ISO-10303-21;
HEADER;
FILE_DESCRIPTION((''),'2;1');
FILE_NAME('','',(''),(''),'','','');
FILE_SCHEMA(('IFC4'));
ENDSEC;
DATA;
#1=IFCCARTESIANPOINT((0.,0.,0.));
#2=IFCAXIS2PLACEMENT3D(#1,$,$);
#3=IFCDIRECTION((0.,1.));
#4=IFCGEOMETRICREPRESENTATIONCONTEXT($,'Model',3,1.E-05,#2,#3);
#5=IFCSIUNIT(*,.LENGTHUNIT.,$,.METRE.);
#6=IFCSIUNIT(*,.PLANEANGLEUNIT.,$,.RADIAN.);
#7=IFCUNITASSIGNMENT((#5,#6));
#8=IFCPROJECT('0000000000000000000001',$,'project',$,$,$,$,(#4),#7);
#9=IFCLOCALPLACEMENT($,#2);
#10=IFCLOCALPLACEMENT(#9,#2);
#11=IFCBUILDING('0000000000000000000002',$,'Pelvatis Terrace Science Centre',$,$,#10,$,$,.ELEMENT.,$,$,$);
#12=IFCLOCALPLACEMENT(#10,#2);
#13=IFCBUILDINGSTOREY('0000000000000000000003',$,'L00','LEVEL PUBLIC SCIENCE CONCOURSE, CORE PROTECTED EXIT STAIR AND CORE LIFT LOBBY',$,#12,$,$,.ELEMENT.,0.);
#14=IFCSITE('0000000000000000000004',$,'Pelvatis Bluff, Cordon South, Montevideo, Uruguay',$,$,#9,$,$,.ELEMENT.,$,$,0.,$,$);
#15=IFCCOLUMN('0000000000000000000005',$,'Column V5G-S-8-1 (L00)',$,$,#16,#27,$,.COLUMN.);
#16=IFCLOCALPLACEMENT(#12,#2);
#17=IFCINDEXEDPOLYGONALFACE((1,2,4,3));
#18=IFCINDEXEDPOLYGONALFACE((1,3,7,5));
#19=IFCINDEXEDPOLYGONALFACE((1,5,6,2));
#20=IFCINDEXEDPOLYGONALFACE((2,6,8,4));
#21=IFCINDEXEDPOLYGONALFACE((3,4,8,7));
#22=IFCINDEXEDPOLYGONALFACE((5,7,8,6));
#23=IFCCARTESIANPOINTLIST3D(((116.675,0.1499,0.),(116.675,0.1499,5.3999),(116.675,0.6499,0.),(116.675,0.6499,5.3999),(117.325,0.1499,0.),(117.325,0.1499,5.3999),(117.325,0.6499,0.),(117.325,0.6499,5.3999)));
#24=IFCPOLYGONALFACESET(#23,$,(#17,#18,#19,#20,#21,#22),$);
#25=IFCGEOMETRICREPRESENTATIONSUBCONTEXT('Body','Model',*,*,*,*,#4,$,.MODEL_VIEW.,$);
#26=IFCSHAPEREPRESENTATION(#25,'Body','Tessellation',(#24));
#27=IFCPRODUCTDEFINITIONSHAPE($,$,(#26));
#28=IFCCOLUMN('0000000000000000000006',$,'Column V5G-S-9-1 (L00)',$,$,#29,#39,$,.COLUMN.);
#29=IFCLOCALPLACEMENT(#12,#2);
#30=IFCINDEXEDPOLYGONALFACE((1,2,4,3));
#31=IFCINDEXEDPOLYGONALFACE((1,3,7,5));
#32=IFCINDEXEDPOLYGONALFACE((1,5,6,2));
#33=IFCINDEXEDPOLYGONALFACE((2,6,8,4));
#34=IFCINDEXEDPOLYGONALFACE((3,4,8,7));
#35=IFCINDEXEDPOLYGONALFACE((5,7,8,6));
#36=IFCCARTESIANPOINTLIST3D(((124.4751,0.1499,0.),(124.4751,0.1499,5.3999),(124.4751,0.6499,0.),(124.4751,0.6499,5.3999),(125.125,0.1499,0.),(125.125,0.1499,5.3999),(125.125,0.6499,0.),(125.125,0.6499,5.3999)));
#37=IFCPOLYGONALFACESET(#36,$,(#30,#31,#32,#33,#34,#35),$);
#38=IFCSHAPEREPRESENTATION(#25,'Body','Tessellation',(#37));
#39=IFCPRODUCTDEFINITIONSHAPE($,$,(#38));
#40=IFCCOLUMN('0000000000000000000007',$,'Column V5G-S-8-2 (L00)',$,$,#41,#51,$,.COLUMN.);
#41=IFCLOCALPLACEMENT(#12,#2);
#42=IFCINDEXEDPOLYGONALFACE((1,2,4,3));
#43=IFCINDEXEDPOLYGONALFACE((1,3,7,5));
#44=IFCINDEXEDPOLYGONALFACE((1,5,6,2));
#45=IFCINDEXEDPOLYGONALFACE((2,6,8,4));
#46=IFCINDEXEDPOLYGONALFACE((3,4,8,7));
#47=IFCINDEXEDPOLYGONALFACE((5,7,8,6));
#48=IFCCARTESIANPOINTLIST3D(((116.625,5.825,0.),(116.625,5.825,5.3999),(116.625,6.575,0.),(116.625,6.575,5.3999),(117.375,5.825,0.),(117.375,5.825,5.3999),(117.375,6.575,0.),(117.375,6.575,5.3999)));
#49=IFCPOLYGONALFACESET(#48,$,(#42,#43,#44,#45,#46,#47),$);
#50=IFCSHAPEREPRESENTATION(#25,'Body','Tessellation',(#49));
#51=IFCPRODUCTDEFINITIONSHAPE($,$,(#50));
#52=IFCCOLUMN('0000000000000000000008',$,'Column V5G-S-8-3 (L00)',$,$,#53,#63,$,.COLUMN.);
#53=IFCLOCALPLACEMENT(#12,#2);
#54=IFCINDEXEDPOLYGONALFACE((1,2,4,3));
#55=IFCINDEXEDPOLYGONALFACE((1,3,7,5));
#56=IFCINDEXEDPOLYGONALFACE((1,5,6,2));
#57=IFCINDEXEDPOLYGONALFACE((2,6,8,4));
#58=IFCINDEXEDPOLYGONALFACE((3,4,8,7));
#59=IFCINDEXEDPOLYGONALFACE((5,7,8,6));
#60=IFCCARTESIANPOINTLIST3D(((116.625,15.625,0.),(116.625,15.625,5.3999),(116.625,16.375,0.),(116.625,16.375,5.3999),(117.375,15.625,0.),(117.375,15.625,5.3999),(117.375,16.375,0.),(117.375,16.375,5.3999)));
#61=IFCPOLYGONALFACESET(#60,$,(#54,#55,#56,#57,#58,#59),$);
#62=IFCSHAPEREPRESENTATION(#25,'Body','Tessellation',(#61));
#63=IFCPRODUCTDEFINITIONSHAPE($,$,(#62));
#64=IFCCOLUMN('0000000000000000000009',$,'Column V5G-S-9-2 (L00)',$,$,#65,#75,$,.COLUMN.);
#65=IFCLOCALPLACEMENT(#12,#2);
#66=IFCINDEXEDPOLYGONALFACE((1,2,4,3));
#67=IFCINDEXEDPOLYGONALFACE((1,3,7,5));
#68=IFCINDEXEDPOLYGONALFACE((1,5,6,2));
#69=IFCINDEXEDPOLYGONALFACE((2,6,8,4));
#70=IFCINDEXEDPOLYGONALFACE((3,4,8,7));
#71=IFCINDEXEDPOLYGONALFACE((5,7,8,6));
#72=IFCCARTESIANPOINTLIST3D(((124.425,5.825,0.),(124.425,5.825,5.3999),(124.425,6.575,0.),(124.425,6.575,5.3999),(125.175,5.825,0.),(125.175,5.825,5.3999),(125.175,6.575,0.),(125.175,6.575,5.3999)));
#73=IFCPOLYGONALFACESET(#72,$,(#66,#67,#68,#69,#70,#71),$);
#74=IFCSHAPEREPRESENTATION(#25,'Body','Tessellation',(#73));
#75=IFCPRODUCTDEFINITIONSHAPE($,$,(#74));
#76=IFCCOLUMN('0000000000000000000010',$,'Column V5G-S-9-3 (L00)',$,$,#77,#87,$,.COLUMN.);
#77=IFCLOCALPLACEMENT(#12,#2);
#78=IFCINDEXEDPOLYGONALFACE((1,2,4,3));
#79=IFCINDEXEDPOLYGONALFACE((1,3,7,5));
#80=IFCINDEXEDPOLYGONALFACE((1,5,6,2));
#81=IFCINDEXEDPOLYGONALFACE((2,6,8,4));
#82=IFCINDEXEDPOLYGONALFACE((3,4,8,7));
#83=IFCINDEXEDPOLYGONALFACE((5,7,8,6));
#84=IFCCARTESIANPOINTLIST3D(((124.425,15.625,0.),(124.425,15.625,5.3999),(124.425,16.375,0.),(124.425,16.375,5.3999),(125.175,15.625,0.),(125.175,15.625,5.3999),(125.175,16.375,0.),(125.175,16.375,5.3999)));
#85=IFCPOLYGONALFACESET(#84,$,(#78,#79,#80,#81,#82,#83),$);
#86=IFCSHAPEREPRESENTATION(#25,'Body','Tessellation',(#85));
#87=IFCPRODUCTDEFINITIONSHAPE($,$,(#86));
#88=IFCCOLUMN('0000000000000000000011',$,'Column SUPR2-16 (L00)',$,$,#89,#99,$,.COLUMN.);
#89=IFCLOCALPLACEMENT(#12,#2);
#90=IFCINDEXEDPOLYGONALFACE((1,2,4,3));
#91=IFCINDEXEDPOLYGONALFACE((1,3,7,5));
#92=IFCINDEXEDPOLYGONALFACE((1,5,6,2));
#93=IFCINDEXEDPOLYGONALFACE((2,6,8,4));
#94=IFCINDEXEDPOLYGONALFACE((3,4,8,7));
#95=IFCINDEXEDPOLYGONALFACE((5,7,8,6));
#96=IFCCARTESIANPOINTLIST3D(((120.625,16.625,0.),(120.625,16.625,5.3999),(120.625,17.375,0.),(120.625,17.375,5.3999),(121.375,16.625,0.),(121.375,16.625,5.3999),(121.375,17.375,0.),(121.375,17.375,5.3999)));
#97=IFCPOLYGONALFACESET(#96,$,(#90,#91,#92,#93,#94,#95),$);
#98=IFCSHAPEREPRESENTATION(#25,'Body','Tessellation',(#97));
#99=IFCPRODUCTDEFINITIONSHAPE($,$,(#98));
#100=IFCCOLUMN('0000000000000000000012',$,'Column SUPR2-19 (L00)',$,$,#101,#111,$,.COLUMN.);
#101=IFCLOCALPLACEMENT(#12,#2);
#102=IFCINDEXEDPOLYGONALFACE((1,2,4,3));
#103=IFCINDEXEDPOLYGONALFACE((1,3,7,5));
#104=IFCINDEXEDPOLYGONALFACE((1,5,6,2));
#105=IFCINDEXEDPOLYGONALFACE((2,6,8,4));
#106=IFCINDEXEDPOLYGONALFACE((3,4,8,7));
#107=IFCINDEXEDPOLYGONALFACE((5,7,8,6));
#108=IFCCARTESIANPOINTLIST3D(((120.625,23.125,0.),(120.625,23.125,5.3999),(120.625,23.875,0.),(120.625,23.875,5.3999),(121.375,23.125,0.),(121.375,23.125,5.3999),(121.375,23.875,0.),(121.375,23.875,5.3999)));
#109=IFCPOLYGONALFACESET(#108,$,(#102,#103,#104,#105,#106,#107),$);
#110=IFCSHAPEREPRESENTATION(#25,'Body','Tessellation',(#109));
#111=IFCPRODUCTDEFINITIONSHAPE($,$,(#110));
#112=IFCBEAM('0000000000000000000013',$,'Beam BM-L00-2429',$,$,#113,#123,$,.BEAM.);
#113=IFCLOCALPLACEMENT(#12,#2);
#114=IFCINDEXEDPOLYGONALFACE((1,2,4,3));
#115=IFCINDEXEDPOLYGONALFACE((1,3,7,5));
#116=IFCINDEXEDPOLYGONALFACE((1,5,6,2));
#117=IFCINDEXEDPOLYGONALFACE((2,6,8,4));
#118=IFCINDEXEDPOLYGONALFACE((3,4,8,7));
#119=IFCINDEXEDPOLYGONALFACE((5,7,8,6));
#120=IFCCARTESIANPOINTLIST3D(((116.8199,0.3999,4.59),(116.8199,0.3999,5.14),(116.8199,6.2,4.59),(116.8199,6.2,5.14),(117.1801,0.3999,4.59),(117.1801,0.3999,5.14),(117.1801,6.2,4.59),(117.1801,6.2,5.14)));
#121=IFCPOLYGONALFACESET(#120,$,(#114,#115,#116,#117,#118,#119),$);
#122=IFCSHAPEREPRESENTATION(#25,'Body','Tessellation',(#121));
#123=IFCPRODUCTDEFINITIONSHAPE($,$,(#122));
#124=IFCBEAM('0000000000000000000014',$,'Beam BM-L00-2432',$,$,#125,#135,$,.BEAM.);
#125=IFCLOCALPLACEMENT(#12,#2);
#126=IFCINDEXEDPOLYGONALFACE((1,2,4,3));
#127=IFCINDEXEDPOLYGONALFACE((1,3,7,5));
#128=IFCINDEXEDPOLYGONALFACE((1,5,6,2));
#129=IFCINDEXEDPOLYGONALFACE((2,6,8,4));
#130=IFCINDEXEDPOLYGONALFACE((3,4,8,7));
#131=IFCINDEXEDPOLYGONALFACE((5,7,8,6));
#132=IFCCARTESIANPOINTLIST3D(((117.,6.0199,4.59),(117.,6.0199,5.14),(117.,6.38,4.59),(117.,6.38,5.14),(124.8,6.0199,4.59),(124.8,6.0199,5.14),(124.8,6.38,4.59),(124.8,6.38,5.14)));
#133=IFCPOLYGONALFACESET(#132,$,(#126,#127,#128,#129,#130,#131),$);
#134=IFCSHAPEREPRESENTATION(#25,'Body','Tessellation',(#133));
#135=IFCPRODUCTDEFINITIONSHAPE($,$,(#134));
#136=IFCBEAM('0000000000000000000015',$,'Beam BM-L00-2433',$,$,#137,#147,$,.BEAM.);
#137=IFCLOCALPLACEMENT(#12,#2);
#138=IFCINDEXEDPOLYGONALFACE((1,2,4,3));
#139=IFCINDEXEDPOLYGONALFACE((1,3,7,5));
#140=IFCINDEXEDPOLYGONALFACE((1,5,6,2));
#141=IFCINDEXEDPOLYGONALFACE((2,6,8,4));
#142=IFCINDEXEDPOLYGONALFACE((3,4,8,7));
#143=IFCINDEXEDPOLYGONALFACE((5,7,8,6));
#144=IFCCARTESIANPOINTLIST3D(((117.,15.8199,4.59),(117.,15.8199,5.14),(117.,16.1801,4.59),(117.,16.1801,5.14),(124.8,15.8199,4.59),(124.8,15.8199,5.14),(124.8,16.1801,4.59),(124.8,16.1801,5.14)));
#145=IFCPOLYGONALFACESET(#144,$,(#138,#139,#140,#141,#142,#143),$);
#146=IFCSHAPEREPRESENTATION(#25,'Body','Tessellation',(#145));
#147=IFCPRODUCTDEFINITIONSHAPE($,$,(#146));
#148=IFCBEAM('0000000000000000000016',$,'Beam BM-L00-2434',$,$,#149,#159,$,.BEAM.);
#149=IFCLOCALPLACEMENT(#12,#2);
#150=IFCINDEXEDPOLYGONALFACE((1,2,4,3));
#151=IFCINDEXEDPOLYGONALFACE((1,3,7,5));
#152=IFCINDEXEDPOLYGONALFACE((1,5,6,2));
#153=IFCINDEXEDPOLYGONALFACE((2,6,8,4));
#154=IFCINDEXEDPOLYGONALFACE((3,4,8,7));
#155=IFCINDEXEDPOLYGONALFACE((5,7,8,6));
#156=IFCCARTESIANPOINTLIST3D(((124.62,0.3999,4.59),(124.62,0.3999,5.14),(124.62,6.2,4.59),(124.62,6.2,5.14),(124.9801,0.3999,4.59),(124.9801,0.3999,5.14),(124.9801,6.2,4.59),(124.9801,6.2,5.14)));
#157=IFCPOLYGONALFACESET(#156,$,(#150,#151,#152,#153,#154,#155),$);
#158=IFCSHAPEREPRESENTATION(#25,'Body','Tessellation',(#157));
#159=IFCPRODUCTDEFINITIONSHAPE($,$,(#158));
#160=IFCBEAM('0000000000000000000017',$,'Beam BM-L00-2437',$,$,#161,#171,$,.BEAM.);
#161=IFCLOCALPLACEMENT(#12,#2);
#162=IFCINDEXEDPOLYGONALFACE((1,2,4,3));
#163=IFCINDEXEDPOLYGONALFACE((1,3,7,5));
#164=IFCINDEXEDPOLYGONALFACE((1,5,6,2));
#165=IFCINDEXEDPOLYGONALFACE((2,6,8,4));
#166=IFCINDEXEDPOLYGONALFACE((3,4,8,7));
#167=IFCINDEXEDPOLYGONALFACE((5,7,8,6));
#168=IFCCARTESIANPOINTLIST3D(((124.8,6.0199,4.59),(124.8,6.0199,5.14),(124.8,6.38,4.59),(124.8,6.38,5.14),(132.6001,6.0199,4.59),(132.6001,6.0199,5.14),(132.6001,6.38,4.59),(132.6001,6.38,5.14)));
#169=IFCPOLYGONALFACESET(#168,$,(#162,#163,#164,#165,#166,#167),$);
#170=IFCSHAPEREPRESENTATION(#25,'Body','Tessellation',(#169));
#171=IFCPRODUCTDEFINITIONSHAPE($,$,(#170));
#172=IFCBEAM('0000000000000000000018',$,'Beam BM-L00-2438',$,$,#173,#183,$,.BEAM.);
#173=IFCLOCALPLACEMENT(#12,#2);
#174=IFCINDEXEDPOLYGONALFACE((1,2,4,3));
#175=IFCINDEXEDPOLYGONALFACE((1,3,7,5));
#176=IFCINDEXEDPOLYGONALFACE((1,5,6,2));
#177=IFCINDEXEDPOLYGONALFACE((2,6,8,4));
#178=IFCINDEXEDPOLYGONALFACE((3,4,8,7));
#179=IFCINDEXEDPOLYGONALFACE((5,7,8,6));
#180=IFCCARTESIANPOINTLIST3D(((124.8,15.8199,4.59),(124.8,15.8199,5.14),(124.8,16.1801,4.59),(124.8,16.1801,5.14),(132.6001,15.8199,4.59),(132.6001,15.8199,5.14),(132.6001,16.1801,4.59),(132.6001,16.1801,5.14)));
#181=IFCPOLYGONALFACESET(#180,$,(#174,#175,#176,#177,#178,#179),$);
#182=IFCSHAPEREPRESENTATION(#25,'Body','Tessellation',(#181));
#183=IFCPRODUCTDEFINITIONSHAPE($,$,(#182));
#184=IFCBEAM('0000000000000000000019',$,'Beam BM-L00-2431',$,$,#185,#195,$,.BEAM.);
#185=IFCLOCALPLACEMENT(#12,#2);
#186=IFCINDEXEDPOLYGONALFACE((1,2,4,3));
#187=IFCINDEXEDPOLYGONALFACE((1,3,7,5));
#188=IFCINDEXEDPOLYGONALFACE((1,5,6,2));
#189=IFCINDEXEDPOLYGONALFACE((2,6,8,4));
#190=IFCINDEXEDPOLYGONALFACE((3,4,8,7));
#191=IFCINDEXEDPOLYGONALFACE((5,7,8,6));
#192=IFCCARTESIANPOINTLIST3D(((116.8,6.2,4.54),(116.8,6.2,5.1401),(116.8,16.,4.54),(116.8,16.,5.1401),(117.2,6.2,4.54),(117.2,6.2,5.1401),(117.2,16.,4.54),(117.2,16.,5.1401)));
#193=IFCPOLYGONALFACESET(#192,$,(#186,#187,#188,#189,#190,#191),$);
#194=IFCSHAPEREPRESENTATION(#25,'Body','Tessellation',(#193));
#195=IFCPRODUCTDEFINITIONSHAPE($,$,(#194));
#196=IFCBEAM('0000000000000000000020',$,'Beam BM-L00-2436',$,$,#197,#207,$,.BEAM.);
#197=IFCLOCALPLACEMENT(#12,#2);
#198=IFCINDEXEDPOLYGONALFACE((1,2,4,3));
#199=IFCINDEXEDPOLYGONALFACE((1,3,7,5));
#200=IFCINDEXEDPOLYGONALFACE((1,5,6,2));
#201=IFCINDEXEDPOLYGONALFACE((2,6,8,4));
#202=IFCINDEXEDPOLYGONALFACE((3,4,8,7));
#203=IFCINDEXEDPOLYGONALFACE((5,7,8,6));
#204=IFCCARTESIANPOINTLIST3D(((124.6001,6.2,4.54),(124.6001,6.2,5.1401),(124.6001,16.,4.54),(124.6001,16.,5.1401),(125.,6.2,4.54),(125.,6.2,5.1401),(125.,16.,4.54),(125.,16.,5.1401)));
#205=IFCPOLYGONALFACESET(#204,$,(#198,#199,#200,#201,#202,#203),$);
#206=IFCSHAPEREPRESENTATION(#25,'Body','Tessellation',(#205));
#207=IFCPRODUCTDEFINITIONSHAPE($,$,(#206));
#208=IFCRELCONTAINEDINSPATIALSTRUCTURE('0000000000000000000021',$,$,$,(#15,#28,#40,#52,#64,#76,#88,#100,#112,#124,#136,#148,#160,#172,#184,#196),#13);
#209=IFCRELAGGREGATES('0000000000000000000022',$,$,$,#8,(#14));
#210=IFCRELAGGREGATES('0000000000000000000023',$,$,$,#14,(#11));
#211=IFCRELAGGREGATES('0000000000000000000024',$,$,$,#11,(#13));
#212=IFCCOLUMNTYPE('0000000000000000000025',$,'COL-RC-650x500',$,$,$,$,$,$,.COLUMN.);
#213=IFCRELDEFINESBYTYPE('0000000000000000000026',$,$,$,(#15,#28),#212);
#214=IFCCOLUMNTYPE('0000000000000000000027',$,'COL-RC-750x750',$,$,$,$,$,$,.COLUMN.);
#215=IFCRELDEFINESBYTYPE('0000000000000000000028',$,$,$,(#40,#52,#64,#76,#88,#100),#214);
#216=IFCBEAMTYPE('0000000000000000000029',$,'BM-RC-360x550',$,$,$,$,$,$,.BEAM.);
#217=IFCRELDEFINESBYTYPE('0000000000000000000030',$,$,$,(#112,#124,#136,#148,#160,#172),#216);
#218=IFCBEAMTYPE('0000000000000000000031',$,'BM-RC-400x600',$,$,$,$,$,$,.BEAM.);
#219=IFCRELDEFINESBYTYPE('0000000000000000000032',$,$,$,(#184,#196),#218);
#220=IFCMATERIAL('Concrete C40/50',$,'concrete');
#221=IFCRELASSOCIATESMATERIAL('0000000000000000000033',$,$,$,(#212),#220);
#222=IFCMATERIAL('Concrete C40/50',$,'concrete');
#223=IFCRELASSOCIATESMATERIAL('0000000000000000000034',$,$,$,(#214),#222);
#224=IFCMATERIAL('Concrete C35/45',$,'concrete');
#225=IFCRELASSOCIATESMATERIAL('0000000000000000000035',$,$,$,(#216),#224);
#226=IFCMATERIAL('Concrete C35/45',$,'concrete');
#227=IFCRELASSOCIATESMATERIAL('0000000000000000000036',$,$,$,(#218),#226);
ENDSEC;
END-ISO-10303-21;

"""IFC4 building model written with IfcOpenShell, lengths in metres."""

from ifc_helpers import new_model, si_unit, direction, frame, origin, origin_2d, place, context, subcontext, project, spatial, rectangle, extrude, material, material_profile, profile_set, type_object, element, save


model = new_model("IFC4")

# Units and contexts
model_context = context("Model", 3, precision=1e-05, world=origin(), true_north=direction((0.0, 1.0)))
body_context = subcontext(model_context, "Body", "Model", "MODEL_VIEW")
ifc_project = project(units=[si_unit("LENGTHUNIT", "METRE"), si_unit("PLANEANGLEUNIT", "RADIAN")], contexts=[model_context])

# Site, building, storey
site_placement = place(None, origin())
site = spatial("IfcSite", under=ifc_project, at=site_placement, Name="Pelvatis Bluff, Cordon South, Montevideo, Uruguay", CompositionType="ELEMENT", RefElevation=0.0)
building_placement = place(site_placement, origin())
building = spatial("IfcBuilding", under=site, at=building_placement, Name="Pelvatis Terrace Science Centre", CompositionType="ELEMENT")
storey_placement = place(building_placement, origin())
storey = spatial("IfcBuildingStorey", under=building, at=storey_placement, Name="L00", Description="LEVEL PUBLIC SCIENCE CONCOURSE, CORE PROTECTED EXIT STAIR AND CORE LIFT LOBBY", CompositionType="ELEMENT", Elevation=0.0)

# Columns
ifc_material_1 = material(Name="Concrete C40/50", Category="concrete")
ifc_material_profile_1 = material_profile(ifc_material_1, rectangle(XDim=0.6499, YDim=0.5, at=origin_2d()), Name="RC-COL 650x500")
ifc_profile_set_1 = profile_set([ifc_material_profile_1], Name="Concrete C40/50")
column_type_1 = type_object("IfcColumnType", Name="COL-RC-650x500", PredefinedType="COLUMN", material=ifc_profile_set_1)
for number, where, z_axis, x_axis, name in (
    (1, (117.0, 0.3999, 0.0), (0.0, 0.0, 1.0), (1.0, 0.0, 0.0), "Column V5G-S-8-1 (L00)"),
    (2, (124.8, 0.3999, 0.0), (0.0, 0.0, 1.0), (1.0, 0.0, 0.0), "Column V5G-S-9-1 (L00)"),
):
    element("IfcColumn", number, at=place(storey_placement, frame(where, z_axis=z_axis, x_axis=x_axis)), inside=storey, type_object=column_type_1, Name=name, PredefinedType="COLUMN", context=body_context, shape_type="SweptSolid", body=[
        extrude(rectangle(XDim=0.6499, YDim=0.5, at=origin_2d()), origin(), (0.0, 0.0, 1.0), 5.3999),
    ])
ifc_material_2 = material(Name="Concrete C40/50", Category="concrete")
ifc_material_profile_2 = material_profile(ifc_material_2, rectangle(XDim=0.75, YDim=0.75, at=origin_2d()), Name="RC-COL 750x750")
ifc_profile_set_2 = profile_set([ifc_material_profile_2], Name="Concrete C40/50")
column_type_2 = type_object("IfcColumnType", Name="COL-RC-750x750", PredefinedType="COLUMN", material=ifc_profile_set_2)
for number, where, z_axis, x_axis, name in (
    (3, (117.0, 6.2, 0.0), (0.0, 0.0, 1.0), (1.0, 0.0, 0.0), "Column V5G-S-8-2 (L00)"),
    (4, (117.0, 16.0, 0.0), (0.0, 0.0, 1.0), (1.0, 0.0, 0.0), "Column V5G-S-8-3 (L00)"),
    (5, (124.8, 6.2, 0.0), (0.0, 0.0, 1.0), (1.0, 0.0, 0.0), "Column V5G-S-9-2 (L00)"),
    (6, (124.8, 16.0, 0.0), (0.0, 0.0, 1.0), (1.0, 0.0, 0.0), "Column V5G-S-9-3 (L00)"),
    (7, (121.0, 17.0, 0.0), (0.0, 0.0, 1.0), (1.0, 0.0, 0.0), "Column SUPR2-16 (L00)"),
    (8, (121.0, 23.5, 0.0), (0.0, 0.0, 1.0), (1.0, 0.0, 0.0), "Column SUPR2-19 (L00)"),
):
    element("IfcColumn", number, at=place(storey_placement, frame(where, z_axis=z_axis, x_axis=x_axis)), inside=storey, type_object=column_type_2, Name=name, PredefinedType="COLUMN", context=body_context, shape_type="SweptSolid", body=[
        extrude(rectangle(XDim=0.75, YDim=0.75, at=origin_2d()), origin(), (0.0, 0.0, 1.0), 5.3999),
    ])

# Beams
ifc_material_3 = material(Name="Concrete C35/45", Category="concrete")
ifc_material_profile_3 = material_profile(ifc_material_3, rectangle(XDim=0.3601, YDim=0.55, at=origin_2d()), Name="RC-BM 360x550")
ifc_profile_set_3 = profile_set([ifc_material_profile_3], Name="Concrete C35/45")
beam_type_1 = type_object("IfcBeamType", Name="BM-RC-360x550", PredefinedType="BEAM", material=ifc_profile_set_3)
beam_1_placement = place(storey_placement, frame((117.0, 0.3999, 4.865), z_axis=(0.0, 1.0, 0.0), x_axis=(-1.0, 0.0, 0.0)))
element("IfcBeam", 9, at=beam_1_placement, inside=storey, type_object=beam_type_1, Name="Beam BM-L00-2429", PredefinedType="BEAM", context=body_context, shape_type="SweptSolid", body=[
    extrude(rectangle(XDim=0.3601, YDim=0.55, at=origin_2d()), origin(), (0.0, 0.0, 1.0), 5.8),
])
for number, where, z_axis, x_axis, name in (
    (10, (117.0, 6.2, 4.865), (1.0, 0.0, 0.0), (0.0, 1.0, 0.0), "Beam BM-L00-2432"),
    (11, (117.0, 16.0, 4.865), (1.0, 0.0, 0.0), (0.0, 1.0, 0.0), "Beam BM-L00-2433"),
):
    element("IfcBeam", number, at=place(storey_placement, frame(where, z_axis=z_axis, x_axis=x_axis)), inside=storey, type_object=beam_type_1, Name=name, PredefinedType="BEAM", context=body_context, shape_type="SweptSolid", body=[
        extrude(rectangle(XDim=0.3601, YDim=0.55, at=origin_2d()), origin(), (0.0, 0.0, 1.0), 7.8),
    ])
beam_2_placement = place(storey_placement, frame((124.8, 0.3999, 4.865), z_axis=(0.0, 1.0, 0.0), x_axis=(-1.0, 0.0, 0.0)))
element("IfcBeam", 12, at=beam_2_placement, inside=storey, type_object=beam_type_1, Name="Beam BM-L00-2434", PredefinedType="BEAM", context=body_context, shape_type="SweptSolid", body=[
    extrude(rectangle(XDim=0.3601, YDim=0.55, at=origin_2d()), origin(), (0.0, 0.0, 1.0), 5.8),
])
for number, where, z_axis, x_axis, name in (
    (13, (124.8, 6.2, 4.865), (1.0, 0.0, 0.0), (0.0, 1.0, 0.0), "Beam BM-L00-2437"),
    (14, (124.8, 16.0, 4.865), (1.0, 0.0, 0.0), (0.0, 1.0, 0.0), "Beam BM-L00-2438"),
):
    element("IfcBeam", number, at=place(storey_placement, frame(where, z_axis=z_axis, x_axis=x_axis)), inside=storey, type_object=beam_type_1, Name=name, PredefinedType="BEAM", context=body_context, shape_type="SweptSolid", body=[
        extrude(rectangle(XDim=0.3601, YDim=0.55, at=origin_2d()), origin(), (0.0, 0.0, 1.0), 7.8),
    ])
ifc_material_4 = material(Name="Concrete C35/45", Category="concrete")
ifc_material_profile_4 = material_profile(ifc_material_4, rectangle(XDim=0.3999, YDim=0.6001, at=origin_2d()), Name="RC-BM 400x600")
ifc_profile_set_4 = profile_set([ifc_material_profile_4], Name="Concrete C35/45")
beam_type_2 = type_object("IfcBeamType", Name="BM-RC-400x600", PredefinedType="BEAM", material=ifc_profile_set_4)
for number, where, z_axis, x_axis, name in (
    (15, (117.0, 6.2, 4.8401), (0.0, 1.0, 0.0), (-1.0, 0.0, 0.0), "Beam BM-L00-2431"),
    (16, (124.8, 6.2, 4.8401), (0.0, 1.0, 0.0), (-1.0, 0.0, 0.0), "Beam BM-L00-2436"),
):
    element("IfcBeam", number, at=place(storey_placement, frame(where, z_axis=z_axis, x_axis=x_axis)), inside=storey, type_object=beam_type_2, Name=name, PredefinedType="BEAM", context=body_context, shape_type="SweptSolid", body=[
        extrude(rectangle(XDim=0.3999, YDim=0.6001, at=origin_2d()), origin(), (0.0, 0.0, 1.0), 9.8),
    ])

save(model, "model.ifc")
